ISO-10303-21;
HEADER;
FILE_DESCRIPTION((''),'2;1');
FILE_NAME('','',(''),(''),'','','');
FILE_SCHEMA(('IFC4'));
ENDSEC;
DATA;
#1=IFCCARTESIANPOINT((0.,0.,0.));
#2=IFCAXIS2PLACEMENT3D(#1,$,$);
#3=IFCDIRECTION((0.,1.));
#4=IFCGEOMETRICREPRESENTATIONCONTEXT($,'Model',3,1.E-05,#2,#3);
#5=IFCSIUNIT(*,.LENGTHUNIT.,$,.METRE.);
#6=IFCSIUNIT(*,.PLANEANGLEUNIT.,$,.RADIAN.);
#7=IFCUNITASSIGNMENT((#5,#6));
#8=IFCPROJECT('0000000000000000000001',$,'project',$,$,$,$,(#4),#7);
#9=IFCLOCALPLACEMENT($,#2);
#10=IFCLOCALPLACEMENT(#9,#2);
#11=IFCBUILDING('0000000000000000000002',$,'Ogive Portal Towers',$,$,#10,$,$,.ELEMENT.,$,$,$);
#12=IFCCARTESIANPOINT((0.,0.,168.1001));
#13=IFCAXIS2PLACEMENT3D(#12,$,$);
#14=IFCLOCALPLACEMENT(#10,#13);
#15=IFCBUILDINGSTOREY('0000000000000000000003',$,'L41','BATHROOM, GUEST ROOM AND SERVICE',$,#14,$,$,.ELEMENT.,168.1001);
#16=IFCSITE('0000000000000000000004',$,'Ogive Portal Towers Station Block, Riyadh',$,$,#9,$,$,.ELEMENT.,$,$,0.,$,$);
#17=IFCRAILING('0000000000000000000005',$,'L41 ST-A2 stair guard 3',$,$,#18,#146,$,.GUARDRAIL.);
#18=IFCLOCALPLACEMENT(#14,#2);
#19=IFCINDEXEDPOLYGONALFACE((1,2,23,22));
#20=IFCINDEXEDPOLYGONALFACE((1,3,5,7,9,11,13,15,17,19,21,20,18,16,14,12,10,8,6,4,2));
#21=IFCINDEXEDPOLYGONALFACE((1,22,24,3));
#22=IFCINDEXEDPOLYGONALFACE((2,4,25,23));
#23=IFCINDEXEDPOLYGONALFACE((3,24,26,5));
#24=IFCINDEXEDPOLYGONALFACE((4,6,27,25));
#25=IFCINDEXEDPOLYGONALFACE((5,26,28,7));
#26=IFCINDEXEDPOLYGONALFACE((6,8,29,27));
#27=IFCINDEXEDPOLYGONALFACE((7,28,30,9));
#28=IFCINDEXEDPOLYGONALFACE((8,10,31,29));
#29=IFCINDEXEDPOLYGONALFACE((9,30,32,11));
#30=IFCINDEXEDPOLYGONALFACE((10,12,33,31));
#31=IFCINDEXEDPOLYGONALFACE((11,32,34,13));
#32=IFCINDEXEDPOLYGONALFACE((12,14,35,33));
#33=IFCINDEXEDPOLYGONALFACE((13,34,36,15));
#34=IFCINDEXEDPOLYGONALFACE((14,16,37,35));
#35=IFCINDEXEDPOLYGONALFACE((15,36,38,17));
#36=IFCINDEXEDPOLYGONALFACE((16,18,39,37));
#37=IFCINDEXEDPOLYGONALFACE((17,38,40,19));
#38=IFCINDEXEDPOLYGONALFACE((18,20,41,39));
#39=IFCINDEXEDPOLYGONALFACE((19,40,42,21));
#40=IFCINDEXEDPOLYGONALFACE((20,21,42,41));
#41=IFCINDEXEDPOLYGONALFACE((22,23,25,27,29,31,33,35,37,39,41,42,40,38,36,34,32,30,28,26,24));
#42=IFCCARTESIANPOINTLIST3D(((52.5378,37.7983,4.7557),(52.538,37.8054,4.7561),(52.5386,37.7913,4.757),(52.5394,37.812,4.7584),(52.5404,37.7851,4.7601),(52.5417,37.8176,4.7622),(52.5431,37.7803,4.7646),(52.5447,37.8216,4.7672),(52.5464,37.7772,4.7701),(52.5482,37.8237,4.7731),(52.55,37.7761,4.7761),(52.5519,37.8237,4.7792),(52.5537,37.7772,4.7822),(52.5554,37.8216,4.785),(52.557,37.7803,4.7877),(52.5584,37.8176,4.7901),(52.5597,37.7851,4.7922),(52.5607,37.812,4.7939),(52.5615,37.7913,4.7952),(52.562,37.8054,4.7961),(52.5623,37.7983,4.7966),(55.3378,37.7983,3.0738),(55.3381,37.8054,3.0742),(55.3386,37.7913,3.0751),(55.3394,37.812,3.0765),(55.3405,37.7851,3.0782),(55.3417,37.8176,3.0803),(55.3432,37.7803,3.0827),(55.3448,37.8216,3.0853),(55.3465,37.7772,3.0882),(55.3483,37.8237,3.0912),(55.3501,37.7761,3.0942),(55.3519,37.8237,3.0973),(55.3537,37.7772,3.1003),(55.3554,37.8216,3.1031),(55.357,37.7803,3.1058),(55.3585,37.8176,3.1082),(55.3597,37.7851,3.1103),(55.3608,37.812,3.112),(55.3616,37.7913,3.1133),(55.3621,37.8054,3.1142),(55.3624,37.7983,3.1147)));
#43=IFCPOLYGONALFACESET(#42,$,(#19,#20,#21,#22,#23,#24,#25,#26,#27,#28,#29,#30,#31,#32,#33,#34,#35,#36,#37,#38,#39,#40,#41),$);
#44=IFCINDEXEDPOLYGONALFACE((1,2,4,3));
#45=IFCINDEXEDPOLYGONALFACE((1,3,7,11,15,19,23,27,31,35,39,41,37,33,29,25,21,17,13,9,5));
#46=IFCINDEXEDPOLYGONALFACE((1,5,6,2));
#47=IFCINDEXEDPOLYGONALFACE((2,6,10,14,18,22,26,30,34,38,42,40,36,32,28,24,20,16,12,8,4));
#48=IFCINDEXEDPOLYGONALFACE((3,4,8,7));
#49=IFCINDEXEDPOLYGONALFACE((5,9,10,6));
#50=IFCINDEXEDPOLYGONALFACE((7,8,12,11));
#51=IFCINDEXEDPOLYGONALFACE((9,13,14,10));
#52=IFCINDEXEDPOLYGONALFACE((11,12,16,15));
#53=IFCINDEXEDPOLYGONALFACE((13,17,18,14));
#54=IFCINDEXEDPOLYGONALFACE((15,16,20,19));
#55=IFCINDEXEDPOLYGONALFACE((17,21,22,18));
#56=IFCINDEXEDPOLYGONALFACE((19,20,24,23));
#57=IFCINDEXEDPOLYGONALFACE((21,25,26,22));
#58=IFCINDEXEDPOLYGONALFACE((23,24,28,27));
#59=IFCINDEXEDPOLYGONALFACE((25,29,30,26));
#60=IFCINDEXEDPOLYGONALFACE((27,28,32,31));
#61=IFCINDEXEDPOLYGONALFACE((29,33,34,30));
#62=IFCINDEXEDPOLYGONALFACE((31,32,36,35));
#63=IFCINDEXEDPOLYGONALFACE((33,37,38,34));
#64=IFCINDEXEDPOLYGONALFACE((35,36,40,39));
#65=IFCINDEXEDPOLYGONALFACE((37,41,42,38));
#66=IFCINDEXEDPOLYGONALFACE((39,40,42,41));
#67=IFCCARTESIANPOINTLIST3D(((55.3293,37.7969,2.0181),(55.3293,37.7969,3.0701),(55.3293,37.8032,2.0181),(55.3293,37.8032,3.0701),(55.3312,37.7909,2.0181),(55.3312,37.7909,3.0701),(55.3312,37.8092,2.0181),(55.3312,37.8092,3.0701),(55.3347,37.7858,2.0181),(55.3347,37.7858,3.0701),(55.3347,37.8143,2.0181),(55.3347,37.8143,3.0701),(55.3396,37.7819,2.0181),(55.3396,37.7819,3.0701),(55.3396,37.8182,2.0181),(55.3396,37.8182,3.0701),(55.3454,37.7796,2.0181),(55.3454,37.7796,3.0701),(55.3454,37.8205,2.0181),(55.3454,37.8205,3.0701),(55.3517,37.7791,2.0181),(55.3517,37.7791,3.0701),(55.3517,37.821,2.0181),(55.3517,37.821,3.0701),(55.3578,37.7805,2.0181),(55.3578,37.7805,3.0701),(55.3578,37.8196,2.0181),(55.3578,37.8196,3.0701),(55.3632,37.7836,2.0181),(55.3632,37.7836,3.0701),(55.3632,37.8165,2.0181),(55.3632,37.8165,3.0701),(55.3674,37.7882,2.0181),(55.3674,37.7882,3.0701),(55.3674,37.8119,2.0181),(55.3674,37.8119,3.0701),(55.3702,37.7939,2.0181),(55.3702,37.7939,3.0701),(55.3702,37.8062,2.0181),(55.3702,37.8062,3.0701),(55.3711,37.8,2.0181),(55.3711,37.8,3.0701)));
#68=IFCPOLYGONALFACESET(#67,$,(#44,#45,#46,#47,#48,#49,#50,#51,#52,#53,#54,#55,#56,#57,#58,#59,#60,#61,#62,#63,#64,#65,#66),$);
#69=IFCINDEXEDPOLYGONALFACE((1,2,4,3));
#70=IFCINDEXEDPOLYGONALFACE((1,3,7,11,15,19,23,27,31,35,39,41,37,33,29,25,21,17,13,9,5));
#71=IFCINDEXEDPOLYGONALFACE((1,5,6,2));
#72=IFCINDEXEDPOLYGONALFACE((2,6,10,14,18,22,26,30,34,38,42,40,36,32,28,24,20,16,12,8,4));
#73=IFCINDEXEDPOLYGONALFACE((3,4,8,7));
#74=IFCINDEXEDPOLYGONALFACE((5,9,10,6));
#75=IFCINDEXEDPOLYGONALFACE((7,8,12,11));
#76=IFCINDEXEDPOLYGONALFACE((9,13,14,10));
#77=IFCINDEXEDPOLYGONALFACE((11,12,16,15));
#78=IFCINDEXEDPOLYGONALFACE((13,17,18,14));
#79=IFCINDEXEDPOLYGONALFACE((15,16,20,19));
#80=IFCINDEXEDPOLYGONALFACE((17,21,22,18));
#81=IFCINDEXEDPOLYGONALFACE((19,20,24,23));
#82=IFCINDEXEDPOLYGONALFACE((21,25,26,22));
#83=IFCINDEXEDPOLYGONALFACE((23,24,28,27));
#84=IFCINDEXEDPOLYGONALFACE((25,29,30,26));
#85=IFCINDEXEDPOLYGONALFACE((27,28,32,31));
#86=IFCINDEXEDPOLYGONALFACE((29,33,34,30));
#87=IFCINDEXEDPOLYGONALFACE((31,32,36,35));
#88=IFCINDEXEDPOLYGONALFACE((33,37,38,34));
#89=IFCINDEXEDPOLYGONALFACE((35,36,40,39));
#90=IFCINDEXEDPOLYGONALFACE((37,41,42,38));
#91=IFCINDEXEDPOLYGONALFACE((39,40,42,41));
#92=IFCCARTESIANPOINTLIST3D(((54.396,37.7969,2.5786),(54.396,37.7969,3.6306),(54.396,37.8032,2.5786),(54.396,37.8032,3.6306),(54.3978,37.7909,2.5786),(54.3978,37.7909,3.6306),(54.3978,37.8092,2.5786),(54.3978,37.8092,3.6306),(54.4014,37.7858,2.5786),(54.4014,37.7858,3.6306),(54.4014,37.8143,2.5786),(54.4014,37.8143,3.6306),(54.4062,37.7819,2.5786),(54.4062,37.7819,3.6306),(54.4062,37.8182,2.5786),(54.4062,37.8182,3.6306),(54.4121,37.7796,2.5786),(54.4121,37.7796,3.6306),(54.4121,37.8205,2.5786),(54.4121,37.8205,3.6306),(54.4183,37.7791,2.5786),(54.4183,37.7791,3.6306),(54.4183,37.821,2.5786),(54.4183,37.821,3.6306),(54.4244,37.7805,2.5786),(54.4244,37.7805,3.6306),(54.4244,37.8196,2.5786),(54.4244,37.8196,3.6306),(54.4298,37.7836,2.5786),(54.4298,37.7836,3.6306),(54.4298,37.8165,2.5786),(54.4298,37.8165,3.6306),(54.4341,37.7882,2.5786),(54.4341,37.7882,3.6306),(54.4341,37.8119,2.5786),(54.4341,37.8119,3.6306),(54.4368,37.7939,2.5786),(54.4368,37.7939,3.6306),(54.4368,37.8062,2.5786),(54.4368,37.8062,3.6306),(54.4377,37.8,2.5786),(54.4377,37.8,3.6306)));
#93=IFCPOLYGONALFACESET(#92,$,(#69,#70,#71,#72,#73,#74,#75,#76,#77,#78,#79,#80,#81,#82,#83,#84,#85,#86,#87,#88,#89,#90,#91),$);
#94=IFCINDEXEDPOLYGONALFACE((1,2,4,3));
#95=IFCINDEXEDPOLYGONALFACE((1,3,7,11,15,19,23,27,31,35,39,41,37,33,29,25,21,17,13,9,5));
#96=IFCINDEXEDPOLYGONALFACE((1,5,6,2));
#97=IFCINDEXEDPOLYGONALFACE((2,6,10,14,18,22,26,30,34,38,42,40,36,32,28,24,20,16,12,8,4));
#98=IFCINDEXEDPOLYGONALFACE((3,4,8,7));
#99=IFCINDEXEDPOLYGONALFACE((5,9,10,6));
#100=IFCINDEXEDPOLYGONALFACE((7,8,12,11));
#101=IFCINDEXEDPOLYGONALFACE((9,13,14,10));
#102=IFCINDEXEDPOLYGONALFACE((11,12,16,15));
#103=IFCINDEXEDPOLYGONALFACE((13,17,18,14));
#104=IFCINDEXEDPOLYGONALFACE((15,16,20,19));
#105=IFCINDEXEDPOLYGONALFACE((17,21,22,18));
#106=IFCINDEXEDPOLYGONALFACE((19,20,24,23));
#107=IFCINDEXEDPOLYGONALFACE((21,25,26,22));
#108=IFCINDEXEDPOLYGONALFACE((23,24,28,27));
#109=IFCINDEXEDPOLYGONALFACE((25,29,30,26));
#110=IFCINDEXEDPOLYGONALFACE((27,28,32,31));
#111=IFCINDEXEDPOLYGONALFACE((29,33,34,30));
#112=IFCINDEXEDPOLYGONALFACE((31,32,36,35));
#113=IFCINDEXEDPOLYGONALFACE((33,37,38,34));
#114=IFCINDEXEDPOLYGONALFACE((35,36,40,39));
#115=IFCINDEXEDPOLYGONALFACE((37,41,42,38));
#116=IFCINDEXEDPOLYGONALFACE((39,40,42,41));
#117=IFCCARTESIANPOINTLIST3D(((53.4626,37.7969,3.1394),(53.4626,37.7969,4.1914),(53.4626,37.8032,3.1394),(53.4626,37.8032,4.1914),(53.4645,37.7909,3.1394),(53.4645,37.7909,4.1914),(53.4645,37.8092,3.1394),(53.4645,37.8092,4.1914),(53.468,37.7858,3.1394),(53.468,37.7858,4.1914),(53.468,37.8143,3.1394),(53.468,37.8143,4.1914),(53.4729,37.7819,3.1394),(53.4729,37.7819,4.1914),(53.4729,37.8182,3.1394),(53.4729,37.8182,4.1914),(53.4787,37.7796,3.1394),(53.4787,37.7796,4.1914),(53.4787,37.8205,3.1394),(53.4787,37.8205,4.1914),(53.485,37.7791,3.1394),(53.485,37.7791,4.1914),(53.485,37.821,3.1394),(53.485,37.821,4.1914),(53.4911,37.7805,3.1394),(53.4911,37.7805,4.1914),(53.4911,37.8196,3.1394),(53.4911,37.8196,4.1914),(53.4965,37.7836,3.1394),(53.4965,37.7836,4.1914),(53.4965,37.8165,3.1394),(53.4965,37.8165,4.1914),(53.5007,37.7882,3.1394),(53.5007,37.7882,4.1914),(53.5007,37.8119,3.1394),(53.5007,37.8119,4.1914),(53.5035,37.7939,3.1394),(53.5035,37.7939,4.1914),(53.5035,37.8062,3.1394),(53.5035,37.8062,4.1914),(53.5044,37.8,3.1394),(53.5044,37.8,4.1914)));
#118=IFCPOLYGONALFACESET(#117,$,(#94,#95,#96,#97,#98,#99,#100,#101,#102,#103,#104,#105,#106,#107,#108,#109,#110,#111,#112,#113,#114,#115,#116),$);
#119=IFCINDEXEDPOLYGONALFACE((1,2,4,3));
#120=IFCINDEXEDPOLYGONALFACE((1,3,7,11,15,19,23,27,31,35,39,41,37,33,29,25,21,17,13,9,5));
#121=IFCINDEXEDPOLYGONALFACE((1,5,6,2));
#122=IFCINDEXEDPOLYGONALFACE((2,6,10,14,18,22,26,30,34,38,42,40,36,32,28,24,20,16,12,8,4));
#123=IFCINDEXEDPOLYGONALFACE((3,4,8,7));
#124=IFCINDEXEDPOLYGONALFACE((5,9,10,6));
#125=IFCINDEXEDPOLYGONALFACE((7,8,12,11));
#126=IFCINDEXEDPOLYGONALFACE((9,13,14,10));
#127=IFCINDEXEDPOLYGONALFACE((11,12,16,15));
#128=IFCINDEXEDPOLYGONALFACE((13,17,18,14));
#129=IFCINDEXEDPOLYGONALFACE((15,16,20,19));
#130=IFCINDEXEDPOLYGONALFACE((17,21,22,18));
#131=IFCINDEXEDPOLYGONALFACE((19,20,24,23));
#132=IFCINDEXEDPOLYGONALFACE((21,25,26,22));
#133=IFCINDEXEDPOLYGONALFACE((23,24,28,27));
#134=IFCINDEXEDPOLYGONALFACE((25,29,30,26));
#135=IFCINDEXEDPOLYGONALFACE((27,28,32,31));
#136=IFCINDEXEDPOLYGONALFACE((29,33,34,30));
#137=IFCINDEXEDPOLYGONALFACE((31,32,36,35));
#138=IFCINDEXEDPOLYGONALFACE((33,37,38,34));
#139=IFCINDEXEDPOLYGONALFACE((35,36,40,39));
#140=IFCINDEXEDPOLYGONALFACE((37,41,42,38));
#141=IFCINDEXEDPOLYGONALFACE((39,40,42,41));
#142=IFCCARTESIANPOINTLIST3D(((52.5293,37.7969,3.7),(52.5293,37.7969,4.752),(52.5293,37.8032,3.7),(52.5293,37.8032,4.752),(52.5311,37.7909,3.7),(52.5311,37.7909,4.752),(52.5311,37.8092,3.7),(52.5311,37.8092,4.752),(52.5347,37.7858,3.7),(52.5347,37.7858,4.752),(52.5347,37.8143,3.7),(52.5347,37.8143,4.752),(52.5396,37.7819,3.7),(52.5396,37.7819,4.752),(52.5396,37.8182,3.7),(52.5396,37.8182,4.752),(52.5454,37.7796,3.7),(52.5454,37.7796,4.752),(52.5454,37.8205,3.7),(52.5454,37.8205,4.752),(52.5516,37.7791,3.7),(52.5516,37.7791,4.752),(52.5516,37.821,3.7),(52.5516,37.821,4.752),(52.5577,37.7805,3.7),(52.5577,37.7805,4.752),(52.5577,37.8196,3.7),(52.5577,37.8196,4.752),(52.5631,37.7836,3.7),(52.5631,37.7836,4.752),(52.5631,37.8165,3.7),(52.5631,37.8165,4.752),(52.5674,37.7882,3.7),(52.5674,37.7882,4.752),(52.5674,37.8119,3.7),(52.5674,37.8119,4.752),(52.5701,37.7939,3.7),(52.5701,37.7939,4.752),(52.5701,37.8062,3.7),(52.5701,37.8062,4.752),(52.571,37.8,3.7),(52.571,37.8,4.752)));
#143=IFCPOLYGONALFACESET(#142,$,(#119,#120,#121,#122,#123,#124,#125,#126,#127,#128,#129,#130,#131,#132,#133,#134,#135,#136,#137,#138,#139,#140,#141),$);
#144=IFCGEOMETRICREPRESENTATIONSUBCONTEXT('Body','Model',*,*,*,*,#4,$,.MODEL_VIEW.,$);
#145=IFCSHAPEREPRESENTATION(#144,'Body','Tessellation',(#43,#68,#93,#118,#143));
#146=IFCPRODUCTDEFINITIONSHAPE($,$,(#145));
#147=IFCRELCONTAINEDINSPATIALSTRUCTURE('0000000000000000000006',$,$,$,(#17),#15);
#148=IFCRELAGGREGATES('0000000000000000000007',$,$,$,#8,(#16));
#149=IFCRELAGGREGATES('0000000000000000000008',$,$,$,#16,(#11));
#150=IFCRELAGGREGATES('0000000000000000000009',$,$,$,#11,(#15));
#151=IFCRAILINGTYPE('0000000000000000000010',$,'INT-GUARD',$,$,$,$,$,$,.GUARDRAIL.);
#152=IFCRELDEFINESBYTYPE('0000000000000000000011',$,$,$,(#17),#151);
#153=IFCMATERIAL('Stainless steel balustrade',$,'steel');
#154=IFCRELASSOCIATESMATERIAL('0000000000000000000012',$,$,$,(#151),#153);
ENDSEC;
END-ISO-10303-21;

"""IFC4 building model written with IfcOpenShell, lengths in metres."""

from ifc_helpers import new_model, si_unit, direction, frame, origin, origin_2d, place, context, subcontext, project, spatial, circle, extrude, material, type_object, element, save


model = new_model("IFC4")

# Units and contexts
model_context = context("Model", 3, precision=1e-05, world=origin(), true_north=direction((0.0, 1.0)))
body_context = subcontext(model_context, "Body", "Model", "MODEL_VIEW")
ifc_project = project(units=[si_unit("LENGTHUNIT", "METRE"), si_unit("PLANEANGLEUNIT", "RADIAN")], contexts=[model_context])

# Site, building, storey
site_placement = place(None, origin())
site = spatial("IfcSite", under=ifc_project, at=site_placement, Name="Ogive Portal Towers Station Block, Riyadh", CompositionType="ELEMENT", RefElevation=0.0)
building_placement = place(site_placement, origin())
building = spatial("IfcBuilding", under=site, at=building_placement, Name="Ogive Portal Towers", CompositionType="ELEMENT")
storey_placement = place(building_placement, frame((0.0, 0.0, 168.1001)))
storey = spatial("IfcBuildingStorey", under=building, at=storey_placement, Name="L41", Description="BATHROOM, GUEST ROOM AND SERVICE", CompositionType="ELEMENT", Elevation=168.1001)

# Railing
ifc_material_1 = material(Name="Stainless steel balustrade", Category="steel")
railing_type_1 = type_object("IfcRailingType", Name="INT-GUARD", PredefinedType="GUARDRAIL", material=ifc_material_1)
railing_1_placement = place(storey_placement, frame((55.3501, 37.8, 2.0181)))
element("IfcRailing", 1, at=railing_1_placement, inside=storey, type_object=railing_type_1, Name="L41 ST-A2 stair guard 3", PredefinedType="GUARDRAIL", context=body_context, shape_type="SweptSolid", body=[
    extrude(circle(Radius=0.0239, at=origin_2d()), frame((0.0, 0.0, 1.0762), z_axis=(-0.857242, 0.0, 0.514913), x_axis=(0.0, -1.0, 0.0)), (0.0, 0.0, 1.0), 3.2664),
    extrude(circle(Radius=0.021, at=origin_2d()), origin(), (0.0, 0.0, 1.0), 1.052),
    extrude(circle(Radius=0.021, at=origin_2d()), frame((-0.9333, 0.0, 0.5605)), (0.0, 0.0, 1.0), 1.052),
    extrude(circle(Radius=0.021, at=origin_2d()), frame((-1.8667, 0.0, 1.1213)), (0.0, 0.0, 1.0), 1.052),
    extrude(circle(Radius=0.021, at=origin_2d()), frame((-2.8, 0.0, 1.6819)), (0.0, 0.0, 1.0), 1.052),
])

save(model, "model.ifc")
